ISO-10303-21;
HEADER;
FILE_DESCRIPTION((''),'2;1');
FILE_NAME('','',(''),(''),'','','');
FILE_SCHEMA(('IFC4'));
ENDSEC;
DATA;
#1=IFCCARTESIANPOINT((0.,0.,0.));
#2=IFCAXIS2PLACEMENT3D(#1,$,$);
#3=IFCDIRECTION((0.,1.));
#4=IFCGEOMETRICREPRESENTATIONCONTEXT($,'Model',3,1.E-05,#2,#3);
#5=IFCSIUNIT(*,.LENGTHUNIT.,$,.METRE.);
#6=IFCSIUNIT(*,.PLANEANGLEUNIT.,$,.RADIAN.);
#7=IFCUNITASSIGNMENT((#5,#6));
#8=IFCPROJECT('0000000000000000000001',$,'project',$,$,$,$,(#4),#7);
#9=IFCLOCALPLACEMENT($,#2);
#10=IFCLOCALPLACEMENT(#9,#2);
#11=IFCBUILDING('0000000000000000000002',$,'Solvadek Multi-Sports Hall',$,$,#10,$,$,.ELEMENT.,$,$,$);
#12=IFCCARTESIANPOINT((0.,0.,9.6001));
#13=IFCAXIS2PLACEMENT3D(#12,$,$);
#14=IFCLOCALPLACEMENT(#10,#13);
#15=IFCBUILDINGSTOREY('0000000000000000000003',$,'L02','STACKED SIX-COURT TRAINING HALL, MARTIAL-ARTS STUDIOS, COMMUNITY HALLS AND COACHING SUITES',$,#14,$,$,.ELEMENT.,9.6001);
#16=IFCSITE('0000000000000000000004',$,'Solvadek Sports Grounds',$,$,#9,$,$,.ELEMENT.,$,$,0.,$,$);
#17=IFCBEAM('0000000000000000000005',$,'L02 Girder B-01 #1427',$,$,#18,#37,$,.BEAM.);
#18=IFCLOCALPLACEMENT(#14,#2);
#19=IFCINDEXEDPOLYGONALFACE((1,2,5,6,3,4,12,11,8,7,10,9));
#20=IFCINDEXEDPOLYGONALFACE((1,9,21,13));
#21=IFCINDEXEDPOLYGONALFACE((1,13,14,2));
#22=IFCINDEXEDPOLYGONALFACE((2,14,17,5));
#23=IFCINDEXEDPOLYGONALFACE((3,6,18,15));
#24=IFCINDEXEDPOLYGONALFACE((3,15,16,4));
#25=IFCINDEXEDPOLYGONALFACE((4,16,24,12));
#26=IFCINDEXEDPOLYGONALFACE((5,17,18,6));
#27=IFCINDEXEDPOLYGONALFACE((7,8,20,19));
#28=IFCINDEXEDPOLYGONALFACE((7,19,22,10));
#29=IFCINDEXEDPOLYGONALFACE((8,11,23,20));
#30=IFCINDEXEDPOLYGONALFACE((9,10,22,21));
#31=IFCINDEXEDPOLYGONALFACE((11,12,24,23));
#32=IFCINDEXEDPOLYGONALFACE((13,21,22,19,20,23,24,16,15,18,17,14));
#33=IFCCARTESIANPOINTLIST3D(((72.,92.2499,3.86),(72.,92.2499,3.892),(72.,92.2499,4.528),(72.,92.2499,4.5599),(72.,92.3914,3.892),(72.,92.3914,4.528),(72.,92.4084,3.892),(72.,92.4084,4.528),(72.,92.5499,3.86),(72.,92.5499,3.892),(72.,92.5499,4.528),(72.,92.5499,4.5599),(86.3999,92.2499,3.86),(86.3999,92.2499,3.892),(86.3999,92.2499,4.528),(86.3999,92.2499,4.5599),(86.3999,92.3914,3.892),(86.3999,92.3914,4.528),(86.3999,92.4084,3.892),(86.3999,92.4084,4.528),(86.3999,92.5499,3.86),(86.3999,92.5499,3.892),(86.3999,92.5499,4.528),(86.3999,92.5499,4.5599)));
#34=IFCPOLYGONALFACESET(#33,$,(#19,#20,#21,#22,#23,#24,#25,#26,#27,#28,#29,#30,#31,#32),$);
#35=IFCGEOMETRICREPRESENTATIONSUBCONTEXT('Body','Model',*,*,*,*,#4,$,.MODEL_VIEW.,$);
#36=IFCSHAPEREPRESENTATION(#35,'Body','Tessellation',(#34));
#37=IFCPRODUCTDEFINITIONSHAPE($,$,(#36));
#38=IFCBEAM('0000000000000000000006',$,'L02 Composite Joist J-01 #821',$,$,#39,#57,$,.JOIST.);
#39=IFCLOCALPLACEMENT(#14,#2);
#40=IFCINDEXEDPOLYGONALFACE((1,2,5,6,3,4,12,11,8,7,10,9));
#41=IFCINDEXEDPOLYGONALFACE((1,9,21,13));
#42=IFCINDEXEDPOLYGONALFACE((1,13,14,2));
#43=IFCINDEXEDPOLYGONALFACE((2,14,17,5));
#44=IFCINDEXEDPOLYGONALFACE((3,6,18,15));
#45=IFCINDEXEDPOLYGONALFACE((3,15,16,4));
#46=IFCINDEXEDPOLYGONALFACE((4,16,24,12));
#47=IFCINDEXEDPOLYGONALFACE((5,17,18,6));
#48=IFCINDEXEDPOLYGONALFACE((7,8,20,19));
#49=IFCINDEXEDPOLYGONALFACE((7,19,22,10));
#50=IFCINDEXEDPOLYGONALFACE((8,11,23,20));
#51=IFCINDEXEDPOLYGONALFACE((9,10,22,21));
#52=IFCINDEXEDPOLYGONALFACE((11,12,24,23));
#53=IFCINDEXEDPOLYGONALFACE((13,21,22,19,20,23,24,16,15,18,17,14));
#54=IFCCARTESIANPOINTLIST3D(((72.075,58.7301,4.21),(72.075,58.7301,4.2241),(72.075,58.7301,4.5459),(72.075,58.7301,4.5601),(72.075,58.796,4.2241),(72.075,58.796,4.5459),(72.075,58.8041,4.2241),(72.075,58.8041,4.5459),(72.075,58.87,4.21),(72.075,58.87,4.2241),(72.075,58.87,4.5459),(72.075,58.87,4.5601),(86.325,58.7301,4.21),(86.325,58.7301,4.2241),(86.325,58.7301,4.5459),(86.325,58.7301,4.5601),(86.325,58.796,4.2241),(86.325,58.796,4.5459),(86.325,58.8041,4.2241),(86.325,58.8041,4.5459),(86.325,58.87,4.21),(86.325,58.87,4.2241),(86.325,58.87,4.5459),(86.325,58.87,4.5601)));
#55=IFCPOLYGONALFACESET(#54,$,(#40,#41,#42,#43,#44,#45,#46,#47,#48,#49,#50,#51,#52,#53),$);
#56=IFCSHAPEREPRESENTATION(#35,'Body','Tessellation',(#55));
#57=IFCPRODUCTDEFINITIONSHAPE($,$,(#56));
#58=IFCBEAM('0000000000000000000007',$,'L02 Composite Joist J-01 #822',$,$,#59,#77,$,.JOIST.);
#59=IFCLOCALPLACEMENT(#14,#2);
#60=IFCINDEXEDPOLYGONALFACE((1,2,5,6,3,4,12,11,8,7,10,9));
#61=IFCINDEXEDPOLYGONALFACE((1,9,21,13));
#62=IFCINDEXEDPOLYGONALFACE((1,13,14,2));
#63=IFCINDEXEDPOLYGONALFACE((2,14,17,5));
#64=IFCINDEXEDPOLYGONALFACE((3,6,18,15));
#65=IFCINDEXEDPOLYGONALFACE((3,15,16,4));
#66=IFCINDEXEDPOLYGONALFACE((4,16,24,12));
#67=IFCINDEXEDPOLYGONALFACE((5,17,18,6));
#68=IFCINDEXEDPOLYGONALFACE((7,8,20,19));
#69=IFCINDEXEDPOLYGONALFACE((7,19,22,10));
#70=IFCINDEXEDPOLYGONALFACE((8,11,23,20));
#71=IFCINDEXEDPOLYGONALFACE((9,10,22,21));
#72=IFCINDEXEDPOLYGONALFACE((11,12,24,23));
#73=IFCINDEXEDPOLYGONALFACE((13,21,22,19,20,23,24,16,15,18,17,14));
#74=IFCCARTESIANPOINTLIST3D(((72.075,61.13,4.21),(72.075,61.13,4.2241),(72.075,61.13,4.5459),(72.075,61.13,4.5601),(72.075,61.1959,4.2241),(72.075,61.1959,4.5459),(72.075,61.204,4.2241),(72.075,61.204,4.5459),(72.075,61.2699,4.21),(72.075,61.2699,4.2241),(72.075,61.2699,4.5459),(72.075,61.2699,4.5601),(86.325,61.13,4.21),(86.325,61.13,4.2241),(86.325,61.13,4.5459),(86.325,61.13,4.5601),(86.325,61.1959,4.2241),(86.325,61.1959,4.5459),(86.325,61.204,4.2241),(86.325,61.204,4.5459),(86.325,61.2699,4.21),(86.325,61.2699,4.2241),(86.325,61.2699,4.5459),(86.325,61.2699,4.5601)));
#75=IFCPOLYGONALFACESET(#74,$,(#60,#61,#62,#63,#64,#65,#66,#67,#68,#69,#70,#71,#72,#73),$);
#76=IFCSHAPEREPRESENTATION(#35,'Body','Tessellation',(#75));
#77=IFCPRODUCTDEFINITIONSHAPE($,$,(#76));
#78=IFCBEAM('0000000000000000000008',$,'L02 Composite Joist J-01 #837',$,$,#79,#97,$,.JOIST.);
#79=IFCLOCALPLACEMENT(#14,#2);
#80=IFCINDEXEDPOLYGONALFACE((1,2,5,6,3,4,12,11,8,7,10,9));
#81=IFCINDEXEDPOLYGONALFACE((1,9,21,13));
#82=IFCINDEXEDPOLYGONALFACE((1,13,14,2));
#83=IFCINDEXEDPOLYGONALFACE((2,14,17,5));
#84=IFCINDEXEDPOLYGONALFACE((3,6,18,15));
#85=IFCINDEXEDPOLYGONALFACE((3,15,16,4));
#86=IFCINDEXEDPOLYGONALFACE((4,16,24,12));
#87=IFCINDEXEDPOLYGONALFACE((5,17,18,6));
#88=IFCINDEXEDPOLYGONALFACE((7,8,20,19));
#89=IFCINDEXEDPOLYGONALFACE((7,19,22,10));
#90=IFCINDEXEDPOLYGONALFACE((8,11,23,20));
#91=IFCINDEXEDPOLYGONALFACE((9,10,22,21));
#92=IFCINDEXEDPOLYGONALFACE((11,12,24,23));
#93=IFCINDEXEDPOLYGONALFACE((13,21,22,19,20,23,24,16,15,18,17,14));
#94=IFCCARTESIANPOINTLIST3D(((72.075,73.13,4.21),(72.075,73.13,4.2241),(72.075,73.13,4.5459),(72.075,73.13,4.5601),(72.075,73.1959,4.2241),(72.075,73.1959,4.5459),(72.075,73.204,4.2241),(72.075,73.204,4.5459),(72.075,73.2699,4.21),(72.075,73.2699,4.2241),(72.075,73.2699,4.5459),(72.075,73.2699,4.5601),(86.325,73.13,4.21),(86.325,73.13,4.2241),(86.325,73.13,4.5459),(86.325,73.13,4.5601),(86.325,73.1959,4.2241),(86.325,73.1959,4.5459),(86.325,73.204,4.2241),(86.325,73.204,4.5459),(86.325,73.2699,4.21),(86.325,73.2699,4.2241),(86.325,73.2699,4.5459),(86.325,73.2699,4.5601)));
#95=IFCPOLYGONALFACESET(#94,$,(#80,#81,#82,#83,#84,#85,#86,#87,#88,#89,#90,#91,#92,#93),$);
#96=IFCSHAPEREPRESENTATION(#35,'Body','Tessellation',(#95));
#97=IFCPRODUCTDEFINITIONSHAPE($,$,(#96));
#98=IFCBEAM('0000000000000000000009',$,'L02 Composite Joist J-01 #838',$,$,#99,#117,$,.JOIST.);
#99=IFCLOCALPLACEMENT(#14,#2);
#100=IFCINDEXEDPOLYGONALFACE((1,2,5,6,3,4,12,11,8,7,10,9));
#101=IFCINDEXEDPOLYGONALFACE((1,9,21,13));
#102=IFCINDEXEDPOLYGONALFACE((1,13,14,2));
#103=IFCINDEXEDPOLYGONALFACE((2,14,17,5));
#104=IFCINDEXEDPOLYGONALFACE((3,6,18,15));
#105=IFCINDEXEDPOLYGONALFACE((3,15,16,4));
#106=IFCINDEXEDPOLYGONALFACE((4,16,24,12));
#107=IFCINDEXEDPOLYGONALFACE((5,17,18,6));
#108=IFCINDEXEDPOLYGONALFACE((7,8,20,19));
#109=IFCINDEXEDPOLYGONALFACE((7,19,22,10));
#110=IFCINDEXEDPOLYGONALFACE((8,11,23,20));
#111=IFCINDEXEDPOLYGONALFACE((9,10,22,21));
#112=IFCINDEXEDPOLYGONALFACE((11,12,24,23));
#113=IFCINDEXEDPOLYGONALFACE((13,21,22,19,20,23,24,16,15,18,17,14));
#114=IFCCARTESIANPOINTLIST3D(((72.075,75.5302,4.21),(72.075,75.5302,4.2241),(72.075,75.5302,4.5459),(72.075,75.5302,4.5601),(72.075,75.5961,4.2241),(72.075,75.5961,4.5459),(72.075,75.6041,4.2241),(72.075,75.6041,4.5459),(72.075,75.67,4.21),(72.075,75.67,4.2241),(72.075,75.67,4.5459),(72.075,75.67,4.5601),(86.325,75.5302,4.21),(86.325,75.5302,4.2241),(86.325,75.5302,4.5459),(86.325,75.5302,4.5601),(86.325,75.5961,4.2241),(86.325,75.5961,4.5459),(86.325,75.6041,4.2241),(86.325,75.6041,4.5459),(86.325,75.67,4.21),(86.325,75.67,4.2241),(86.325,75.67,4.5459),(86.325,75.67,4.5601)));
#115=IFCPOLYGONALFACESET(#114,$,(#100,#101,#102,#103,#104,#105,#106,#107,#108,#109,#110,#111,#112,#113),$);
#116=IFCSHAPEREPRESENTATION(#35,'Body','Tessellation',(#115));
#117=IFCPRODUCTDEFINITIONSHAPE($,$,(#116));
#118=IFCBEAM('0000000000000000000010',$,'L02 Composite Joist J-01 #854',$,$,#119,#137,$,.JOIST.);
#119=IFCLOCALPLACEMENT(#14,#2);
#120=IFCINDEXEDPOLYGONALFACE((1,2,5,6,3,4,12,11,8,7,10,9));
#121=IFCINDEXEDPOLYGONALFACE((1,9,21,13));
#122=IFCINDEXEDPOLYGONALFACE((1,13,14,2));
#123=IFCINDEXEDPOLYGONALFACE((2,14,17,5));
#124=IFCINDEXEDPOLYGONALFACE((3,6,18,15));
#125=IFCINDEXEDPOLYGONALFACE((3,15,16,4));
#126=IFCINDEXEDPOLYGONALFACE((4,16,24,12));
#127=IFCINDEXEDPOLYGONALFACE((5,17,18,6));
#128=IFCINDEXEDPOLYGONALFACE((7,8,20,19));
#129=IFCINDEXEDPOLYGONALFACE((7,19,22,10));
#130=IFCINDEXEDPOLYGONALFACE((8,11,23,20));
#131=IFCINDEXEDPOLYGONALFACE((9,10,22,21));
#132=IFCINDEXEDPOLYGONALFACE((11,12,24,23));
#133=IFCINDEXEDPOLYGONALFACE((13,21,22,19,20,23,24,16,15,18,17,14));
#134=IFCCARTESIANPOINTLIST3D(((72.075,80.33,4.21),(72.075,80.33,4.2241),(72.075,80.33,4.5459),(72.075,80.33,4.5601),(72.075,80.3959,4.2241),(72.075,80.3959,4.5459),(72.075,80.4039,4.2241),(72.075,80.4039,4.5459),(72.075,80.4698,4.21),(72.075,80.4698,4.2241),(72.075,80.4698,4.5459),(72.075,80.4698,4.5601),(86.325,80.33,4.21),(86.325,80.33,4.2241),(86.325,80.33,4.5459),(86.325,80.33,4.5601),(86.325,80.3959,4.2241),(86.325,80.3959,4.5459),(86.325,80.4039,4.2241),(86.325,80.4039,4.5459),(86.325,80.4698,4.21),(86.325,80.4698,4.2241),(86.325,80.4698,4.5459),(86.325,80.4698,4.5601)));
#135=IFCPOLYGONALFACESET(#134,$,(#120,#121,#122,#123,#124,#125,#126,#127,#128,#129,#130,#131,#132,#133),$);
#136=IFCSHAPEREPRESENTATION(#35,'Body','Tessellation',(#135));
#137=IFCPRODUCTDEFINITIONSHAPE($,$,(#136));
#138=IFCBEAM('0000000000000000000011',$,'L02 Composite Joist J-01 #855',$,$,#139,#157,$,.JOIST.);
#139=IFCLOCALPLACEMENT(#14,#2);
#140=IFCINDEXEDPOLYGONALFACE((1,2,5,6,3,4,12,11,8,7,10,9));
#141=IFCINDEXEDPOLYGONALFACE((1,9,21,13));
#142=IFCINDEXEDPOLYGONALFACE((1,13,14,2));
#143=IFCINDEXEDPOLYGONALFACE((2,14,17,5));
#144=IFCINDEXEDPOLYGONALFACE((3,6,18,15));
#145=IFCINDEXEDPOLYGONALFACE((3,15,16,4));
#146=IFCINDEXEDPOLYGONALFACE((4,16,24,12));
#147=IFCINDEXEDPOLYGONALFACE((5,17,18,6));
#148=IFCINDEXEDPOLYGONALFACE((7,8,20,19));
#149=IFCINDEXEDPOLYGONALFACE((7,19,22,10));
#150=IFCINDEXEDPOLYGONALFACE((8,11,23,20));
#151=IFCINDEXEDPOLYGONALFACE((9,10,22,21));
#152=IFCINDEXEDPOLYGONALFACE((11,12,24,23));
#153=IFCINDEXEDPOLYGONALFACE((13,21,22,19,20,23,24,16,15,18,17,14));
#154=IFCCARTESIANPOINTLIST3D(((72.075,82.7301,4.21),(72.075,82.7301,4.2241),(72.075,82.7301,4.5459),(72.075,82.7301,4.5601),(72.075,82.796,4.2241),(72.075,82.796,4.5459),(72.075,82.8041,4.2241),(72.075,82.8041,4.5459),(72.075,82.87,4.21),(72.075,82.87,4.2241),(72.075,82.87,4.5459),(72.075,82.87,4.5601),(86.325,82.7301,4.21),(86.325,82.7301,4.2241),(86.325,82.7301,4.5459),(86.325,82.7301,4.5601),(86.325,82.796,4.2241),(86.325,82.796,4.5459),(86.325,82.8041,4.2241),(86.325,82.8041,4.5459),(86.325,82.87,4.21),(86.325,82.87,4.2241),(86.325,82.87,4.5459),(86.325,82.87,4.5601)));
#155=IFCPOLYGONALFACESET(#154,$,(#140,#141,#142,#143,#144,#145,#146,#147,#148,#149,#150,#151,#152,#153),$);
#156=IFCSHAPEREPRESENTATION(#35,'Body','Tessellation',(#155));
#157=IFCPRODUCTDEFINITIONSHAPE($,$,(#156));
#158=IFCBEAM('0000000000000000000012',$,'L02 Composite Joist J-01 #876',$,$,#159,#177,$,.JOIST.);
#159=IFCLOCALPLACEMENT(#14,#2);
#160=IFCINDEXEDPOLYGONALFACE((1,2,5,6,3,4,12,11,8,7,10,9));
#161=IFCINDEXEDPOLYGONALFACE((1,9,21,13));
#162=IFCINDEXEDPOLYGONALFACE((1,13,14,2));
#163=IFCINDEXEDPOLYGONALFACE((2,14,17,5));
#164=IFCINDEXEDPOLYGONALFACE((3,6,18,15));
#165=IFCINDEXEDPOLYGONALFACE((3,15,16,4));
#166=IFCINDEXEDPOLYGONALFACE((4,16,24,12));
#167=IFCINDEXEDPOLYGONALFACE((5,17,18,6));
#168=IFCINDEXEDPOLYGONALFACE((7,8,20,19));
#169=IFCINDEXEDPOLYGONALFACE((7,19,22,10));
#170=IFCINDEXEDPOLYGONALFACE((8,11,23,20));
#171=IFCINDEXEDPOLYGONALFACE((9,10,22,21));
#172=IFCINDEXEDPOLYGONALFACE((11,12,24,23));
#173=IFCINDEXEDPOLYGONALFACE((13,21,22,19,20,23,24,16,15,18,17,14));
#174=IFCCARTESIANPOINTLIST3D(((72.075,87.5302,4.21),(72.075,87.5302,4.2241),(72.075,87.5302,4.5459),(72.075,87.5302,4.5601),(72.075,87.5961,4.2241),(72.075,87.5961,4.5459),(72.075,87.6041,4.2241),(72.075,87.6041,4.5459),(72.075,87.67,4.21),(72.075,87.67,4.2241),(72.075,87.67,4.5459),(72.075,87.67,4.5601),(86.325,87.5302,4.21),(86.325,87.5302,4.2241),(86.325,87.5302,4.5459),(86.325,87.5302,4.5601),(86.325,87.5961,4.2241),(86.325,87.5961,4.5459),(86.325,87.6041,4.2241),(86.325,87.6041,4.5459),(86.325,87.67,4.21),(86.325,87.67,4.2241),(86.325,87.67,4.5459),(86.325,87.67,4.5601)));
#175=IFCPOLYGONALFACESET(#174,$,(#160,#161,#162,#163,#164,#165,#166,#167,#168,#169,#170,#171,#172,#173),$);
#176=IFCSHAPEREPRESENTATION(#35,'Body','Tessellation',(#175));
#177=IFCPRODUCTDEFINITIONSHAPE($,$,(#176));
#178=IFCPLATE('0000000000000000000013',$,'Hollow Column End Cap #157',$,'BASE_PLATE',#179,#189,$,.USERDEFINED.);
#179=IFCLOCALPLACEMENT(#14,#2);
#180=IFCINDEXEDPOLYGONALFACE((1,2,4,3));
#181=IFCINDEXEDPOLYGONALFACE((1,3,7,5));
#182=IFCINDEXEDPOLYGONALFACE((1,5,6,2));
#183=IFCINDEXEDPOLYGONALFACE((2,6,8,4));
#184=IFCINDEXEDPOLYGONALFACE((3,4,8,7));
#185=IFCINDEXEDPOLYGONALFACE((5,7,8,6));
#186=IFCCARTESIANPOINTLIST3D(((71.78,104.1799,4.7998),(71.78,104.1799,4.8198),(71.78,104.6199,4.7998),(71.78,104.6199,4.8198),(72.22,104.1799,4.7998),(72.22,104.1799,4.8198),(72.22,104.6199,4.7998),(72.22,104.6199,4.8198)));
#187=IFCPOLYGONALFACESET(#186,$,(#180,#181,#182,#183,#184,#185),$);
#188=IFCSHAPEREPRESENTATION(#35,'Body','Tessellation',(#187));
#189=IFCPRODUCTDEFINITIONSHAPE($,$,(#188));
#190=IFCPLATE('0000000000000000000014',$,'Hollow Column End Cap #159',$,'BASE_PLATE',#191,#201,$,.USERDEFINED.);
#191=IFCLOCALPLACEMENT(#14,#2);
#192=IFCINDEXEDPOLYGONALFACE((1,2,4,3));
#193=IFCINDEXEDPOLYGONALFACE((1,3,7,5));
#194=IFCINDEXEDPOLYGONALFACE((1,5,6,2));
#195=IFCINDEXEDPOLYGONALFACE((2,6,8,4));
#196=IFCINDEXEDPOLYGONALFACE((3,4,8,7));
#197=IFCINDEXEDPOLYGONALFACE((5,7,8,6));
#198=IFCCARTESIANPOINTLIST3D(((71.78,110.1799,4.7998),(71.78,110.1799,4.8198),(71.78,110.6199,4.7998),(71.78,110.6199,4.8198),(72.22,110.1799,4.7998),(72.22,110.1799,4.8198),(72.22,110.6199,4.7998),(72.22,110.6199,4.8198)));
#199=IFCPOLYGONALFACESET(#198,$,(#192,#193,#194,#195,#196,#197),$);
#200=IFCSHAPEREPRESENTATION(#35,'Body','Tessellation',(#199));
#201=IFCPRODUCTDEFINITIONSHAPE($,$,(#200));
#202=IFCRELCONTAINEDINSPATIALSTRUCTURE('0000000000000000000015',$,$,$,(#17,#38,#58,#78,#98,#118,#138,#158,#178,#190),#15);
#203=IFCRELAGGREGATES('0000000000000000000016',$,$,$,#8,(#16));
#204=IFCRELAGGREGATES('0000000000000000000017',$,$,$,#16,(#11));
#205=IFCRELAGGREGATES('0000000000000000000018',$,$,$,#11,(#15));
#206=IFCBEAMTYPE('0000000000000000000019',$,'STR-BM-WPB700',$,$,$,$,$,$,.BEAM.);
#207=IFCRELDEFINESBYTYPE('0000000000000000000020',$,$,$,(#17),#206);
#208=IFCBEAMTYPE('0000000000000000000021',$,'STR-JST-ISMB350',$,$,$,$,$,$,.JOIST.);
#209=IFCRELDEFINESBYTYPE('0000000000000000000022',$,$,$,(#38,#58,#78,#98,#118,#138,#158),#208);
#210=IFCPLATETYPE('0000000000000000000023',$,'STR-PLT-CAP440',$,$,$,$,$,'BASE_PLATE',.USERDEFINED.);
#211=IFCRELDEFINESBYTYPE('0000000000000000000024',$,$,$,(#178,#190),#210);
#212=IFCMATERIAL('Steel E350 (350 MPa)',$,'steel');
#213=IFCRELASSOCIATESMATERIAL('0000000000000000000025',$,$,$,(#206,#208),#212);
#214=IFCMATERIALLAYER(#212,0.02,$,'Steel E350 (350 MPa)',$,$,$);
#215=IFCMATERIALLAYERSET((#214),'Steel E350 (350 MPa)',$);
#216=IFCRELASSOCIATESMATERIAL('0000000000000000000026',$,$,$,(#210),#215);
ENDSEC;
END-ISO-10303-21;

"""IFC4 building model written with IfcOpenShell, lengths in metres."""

from ifc_helpers import new_model, si_unit, direction, frame, origin, origin_2d, place, context, subcontext, project, spatial, rectangle, i_section, extrude, material, layer, layer_set, material_profile, profile_set, type_object, element, save


model = new_model("IFC4")

# Units and contexts
model_context = context("Model", 3, precision=1e-05, world=origin(), true_north=direction((0.0, 1.0)))
body_context = subcontext(model_context, "Body", "Model", "MODEL_VIEW")
ifc_project = project(units=[si_unit("LENGTHUNIT", "METRE"), si_unit("PLANEANGLEUNIT", "RADIAN")], contexts=[model_context])

# Site, building, storey
site_placement = place(None, origin())
site = spatial("IfcSite", under=ifc_project, at=site_placement, Name="Solvadek Sports Grounds", CompositionType="ELEMENT", RefElevation=0.0)
building_placement = place(site_placement, origin())
building = spatial("IfcBuilding", under=site, at=building_placement, Name="Solvadek Multi-Sports Hall", CompositionType="ELEMENT")
storey_placement = place(building_placement, frame((0.0, 0.0, 9.6001)))
storey = spatial("IfcBuildingStorey", under=building, at=storey_placement, Name="L02", Description="STACKED SIX-COURT TRAINING HALL, MARTIAL-ARTS STUDIOS, COMMUNITY HALLS AND COACHING SUITES", CompositionType="ELEMENT", Elevation=9.6001)

# Shared definitions
ifc_material_1 = material(Name="Steel E350 (350 MPa)", Category="steel")

# Beams
ifc_material_profile_1 = material_profile(ifc_material_1, i_section(OverallWidth=0.3, OverallDepth=0.7, WebThickness=0.0171, FlangeThickness=0.032, at=origin_2d()), Name="WPB 700")
ifc_profile_set_1 = profile_set([ifc_material_profile_1], Name="Steel E350 (350 MPa)")
beam_type_1 = type_object("IfcBeamType", Name="STR-BM-WPB700", PredefinedType="BEAM", material=ifc_profile_set_1)
for number, where, z_axis, x_axis, name in (
    (1, (72.0, 92.3999, 4.21), (1.0, 0.0, 0.0), (0.0, 1.0, 0.0), "L02 Girder B-01 #1427"),
):
    element("IfcBeam", number, at=place(storey_placement, frame(where, z_axis=z_axis, x_axis=x_axis)), inside=storey, type_object=beam_type_1, Name=name, PredefinedType="BEAM", context=body_context, shape_type="SweptSolid", body=[
        extrude(i_section(OverallWidth=0.3, OverallDepth=0.7, WebThickness=0.0171, FlangeThickness=0.032, at=origin_2d()), origin(), (0.0, 0.0, 1.0), 14.3999),
    ])
ifc_material_profile_2 = material_profile(ifc_material_1, i_section(OverallWidth=0.1399, OverallDepth=0.3501, WebThickness=0.0081, FlangeThickness=0.0142, at=origin_2d()), Name="ISMB 350")
ifc_profile_set_2 = profile_set([ifc_material_profile_2], Name="Steel E350 (350 MPa)")
beam_type_2 = type_object("IfcBeamType", Name="STR-JST-ISMB350", PredefinedType="JOIST", material=ifc_profile_set_2)
for number, where, z_axis, x_axis, name in (
    (2, (72.075, 58.8, 4.385), (1.0, 0.0, 0.0), (0.0, 1.0, 0.0), "L02 Composite Joist J-01 #821"),
    (3, (72.075, 61.2, 4.385), (1.0, 0.0, 0.0), (0.0, 1.0, 0.0), "L02 Composite Joist J-01 #822"),
    (4, (72.075, 73.2, 4.385), (1.0, 0.0, 0.0), (0.0, 1.0, 0.0), "L02 Composite Joist J-01 #837"),
    (5, (72.075, 75.6001, 4.385), (1.0, 0.0, 0.0), (0.0, 1.0, 0.0), "L02 Composite Joist J-01 #838"),
    (6, (72.075, 80.3999, 4.385), (1.0, 0.0, 0.0), (0.0, 1.0, 0.0), "L02 Composite Joist J-01 #854"),
    (7, (72.075, 82.8, 4.385), (1.0, 0.0, 0.0), (0.0, 1.0, 0.0), "L02 Composite Joist J-01 #855"),
    (8, (72.075, 87.6001, 4.385), (1.0, 0.0, 0.0), (0.0, 1.0, 0.0), "L02 Composite Joist J-01 #876"),
):
    element("IfcBeam", number, at=place(storey_placement, frame(where, z_axis=z_axis, x_axis=x_axis)), inside=storey, type_object=beam_type_2, Name=name, PredefinedType="JOIST", context=body_context, shape_type="SweptSolid", body=[
        extrude(i_section(OverallWidth=0.1399, OverallDepth=0.3501, WebThickness=0.0081, FlangeThickness=0.0142, at=origin_2d()), origin(), (0.0, 0.0, 1.0), 14.25),
    ])

# Plates
ifc_layer = layer(ifc_material_1, 0.02, Name="Steel E350 (350 MPa)")
ifc_layer_set = layer_set([ifc_layer], Name="Steel E350 (350 MPa)")
plate_type = type_object("IfcPlateType", Name="STR-PLT-CAP440", ElementType="BASE_PLATE", PredefinedType="USERDEFINED", material=ifc_layer_set)
for number, where, z_axis, x_axis, name in (
    (9, (72.0, 104.3999, 4.7998), (0.0, 0.0, 1.0), (1.0, 0.0, 0.0), "Hollow Column End Cap #157"),
    (10, (72.0, 110.3999, 4.7998), (0.0, 0.0, 1.0), (1.0, 0.0, 0.0), "Hollow Column End Cap #159"),
):
    element("IfcPlate", number, at=place(storey_placement, frame(where, z_axis=z_axis, x_axis=x_axis)), inside=storey, type_object=plate_type, Name=name, ObjectType="BASE_PLATE", PredefinedType="USERDEFINED", context=body_context, shape_type="SweptSolid", body=[
        extrude(rectangle(XDim=0.4399, YDim=0.4399, at=origin_2d()), origin(), (0.0, 0.0, 1.0), 0.02),
    ])

save(model, "model.ifc")
